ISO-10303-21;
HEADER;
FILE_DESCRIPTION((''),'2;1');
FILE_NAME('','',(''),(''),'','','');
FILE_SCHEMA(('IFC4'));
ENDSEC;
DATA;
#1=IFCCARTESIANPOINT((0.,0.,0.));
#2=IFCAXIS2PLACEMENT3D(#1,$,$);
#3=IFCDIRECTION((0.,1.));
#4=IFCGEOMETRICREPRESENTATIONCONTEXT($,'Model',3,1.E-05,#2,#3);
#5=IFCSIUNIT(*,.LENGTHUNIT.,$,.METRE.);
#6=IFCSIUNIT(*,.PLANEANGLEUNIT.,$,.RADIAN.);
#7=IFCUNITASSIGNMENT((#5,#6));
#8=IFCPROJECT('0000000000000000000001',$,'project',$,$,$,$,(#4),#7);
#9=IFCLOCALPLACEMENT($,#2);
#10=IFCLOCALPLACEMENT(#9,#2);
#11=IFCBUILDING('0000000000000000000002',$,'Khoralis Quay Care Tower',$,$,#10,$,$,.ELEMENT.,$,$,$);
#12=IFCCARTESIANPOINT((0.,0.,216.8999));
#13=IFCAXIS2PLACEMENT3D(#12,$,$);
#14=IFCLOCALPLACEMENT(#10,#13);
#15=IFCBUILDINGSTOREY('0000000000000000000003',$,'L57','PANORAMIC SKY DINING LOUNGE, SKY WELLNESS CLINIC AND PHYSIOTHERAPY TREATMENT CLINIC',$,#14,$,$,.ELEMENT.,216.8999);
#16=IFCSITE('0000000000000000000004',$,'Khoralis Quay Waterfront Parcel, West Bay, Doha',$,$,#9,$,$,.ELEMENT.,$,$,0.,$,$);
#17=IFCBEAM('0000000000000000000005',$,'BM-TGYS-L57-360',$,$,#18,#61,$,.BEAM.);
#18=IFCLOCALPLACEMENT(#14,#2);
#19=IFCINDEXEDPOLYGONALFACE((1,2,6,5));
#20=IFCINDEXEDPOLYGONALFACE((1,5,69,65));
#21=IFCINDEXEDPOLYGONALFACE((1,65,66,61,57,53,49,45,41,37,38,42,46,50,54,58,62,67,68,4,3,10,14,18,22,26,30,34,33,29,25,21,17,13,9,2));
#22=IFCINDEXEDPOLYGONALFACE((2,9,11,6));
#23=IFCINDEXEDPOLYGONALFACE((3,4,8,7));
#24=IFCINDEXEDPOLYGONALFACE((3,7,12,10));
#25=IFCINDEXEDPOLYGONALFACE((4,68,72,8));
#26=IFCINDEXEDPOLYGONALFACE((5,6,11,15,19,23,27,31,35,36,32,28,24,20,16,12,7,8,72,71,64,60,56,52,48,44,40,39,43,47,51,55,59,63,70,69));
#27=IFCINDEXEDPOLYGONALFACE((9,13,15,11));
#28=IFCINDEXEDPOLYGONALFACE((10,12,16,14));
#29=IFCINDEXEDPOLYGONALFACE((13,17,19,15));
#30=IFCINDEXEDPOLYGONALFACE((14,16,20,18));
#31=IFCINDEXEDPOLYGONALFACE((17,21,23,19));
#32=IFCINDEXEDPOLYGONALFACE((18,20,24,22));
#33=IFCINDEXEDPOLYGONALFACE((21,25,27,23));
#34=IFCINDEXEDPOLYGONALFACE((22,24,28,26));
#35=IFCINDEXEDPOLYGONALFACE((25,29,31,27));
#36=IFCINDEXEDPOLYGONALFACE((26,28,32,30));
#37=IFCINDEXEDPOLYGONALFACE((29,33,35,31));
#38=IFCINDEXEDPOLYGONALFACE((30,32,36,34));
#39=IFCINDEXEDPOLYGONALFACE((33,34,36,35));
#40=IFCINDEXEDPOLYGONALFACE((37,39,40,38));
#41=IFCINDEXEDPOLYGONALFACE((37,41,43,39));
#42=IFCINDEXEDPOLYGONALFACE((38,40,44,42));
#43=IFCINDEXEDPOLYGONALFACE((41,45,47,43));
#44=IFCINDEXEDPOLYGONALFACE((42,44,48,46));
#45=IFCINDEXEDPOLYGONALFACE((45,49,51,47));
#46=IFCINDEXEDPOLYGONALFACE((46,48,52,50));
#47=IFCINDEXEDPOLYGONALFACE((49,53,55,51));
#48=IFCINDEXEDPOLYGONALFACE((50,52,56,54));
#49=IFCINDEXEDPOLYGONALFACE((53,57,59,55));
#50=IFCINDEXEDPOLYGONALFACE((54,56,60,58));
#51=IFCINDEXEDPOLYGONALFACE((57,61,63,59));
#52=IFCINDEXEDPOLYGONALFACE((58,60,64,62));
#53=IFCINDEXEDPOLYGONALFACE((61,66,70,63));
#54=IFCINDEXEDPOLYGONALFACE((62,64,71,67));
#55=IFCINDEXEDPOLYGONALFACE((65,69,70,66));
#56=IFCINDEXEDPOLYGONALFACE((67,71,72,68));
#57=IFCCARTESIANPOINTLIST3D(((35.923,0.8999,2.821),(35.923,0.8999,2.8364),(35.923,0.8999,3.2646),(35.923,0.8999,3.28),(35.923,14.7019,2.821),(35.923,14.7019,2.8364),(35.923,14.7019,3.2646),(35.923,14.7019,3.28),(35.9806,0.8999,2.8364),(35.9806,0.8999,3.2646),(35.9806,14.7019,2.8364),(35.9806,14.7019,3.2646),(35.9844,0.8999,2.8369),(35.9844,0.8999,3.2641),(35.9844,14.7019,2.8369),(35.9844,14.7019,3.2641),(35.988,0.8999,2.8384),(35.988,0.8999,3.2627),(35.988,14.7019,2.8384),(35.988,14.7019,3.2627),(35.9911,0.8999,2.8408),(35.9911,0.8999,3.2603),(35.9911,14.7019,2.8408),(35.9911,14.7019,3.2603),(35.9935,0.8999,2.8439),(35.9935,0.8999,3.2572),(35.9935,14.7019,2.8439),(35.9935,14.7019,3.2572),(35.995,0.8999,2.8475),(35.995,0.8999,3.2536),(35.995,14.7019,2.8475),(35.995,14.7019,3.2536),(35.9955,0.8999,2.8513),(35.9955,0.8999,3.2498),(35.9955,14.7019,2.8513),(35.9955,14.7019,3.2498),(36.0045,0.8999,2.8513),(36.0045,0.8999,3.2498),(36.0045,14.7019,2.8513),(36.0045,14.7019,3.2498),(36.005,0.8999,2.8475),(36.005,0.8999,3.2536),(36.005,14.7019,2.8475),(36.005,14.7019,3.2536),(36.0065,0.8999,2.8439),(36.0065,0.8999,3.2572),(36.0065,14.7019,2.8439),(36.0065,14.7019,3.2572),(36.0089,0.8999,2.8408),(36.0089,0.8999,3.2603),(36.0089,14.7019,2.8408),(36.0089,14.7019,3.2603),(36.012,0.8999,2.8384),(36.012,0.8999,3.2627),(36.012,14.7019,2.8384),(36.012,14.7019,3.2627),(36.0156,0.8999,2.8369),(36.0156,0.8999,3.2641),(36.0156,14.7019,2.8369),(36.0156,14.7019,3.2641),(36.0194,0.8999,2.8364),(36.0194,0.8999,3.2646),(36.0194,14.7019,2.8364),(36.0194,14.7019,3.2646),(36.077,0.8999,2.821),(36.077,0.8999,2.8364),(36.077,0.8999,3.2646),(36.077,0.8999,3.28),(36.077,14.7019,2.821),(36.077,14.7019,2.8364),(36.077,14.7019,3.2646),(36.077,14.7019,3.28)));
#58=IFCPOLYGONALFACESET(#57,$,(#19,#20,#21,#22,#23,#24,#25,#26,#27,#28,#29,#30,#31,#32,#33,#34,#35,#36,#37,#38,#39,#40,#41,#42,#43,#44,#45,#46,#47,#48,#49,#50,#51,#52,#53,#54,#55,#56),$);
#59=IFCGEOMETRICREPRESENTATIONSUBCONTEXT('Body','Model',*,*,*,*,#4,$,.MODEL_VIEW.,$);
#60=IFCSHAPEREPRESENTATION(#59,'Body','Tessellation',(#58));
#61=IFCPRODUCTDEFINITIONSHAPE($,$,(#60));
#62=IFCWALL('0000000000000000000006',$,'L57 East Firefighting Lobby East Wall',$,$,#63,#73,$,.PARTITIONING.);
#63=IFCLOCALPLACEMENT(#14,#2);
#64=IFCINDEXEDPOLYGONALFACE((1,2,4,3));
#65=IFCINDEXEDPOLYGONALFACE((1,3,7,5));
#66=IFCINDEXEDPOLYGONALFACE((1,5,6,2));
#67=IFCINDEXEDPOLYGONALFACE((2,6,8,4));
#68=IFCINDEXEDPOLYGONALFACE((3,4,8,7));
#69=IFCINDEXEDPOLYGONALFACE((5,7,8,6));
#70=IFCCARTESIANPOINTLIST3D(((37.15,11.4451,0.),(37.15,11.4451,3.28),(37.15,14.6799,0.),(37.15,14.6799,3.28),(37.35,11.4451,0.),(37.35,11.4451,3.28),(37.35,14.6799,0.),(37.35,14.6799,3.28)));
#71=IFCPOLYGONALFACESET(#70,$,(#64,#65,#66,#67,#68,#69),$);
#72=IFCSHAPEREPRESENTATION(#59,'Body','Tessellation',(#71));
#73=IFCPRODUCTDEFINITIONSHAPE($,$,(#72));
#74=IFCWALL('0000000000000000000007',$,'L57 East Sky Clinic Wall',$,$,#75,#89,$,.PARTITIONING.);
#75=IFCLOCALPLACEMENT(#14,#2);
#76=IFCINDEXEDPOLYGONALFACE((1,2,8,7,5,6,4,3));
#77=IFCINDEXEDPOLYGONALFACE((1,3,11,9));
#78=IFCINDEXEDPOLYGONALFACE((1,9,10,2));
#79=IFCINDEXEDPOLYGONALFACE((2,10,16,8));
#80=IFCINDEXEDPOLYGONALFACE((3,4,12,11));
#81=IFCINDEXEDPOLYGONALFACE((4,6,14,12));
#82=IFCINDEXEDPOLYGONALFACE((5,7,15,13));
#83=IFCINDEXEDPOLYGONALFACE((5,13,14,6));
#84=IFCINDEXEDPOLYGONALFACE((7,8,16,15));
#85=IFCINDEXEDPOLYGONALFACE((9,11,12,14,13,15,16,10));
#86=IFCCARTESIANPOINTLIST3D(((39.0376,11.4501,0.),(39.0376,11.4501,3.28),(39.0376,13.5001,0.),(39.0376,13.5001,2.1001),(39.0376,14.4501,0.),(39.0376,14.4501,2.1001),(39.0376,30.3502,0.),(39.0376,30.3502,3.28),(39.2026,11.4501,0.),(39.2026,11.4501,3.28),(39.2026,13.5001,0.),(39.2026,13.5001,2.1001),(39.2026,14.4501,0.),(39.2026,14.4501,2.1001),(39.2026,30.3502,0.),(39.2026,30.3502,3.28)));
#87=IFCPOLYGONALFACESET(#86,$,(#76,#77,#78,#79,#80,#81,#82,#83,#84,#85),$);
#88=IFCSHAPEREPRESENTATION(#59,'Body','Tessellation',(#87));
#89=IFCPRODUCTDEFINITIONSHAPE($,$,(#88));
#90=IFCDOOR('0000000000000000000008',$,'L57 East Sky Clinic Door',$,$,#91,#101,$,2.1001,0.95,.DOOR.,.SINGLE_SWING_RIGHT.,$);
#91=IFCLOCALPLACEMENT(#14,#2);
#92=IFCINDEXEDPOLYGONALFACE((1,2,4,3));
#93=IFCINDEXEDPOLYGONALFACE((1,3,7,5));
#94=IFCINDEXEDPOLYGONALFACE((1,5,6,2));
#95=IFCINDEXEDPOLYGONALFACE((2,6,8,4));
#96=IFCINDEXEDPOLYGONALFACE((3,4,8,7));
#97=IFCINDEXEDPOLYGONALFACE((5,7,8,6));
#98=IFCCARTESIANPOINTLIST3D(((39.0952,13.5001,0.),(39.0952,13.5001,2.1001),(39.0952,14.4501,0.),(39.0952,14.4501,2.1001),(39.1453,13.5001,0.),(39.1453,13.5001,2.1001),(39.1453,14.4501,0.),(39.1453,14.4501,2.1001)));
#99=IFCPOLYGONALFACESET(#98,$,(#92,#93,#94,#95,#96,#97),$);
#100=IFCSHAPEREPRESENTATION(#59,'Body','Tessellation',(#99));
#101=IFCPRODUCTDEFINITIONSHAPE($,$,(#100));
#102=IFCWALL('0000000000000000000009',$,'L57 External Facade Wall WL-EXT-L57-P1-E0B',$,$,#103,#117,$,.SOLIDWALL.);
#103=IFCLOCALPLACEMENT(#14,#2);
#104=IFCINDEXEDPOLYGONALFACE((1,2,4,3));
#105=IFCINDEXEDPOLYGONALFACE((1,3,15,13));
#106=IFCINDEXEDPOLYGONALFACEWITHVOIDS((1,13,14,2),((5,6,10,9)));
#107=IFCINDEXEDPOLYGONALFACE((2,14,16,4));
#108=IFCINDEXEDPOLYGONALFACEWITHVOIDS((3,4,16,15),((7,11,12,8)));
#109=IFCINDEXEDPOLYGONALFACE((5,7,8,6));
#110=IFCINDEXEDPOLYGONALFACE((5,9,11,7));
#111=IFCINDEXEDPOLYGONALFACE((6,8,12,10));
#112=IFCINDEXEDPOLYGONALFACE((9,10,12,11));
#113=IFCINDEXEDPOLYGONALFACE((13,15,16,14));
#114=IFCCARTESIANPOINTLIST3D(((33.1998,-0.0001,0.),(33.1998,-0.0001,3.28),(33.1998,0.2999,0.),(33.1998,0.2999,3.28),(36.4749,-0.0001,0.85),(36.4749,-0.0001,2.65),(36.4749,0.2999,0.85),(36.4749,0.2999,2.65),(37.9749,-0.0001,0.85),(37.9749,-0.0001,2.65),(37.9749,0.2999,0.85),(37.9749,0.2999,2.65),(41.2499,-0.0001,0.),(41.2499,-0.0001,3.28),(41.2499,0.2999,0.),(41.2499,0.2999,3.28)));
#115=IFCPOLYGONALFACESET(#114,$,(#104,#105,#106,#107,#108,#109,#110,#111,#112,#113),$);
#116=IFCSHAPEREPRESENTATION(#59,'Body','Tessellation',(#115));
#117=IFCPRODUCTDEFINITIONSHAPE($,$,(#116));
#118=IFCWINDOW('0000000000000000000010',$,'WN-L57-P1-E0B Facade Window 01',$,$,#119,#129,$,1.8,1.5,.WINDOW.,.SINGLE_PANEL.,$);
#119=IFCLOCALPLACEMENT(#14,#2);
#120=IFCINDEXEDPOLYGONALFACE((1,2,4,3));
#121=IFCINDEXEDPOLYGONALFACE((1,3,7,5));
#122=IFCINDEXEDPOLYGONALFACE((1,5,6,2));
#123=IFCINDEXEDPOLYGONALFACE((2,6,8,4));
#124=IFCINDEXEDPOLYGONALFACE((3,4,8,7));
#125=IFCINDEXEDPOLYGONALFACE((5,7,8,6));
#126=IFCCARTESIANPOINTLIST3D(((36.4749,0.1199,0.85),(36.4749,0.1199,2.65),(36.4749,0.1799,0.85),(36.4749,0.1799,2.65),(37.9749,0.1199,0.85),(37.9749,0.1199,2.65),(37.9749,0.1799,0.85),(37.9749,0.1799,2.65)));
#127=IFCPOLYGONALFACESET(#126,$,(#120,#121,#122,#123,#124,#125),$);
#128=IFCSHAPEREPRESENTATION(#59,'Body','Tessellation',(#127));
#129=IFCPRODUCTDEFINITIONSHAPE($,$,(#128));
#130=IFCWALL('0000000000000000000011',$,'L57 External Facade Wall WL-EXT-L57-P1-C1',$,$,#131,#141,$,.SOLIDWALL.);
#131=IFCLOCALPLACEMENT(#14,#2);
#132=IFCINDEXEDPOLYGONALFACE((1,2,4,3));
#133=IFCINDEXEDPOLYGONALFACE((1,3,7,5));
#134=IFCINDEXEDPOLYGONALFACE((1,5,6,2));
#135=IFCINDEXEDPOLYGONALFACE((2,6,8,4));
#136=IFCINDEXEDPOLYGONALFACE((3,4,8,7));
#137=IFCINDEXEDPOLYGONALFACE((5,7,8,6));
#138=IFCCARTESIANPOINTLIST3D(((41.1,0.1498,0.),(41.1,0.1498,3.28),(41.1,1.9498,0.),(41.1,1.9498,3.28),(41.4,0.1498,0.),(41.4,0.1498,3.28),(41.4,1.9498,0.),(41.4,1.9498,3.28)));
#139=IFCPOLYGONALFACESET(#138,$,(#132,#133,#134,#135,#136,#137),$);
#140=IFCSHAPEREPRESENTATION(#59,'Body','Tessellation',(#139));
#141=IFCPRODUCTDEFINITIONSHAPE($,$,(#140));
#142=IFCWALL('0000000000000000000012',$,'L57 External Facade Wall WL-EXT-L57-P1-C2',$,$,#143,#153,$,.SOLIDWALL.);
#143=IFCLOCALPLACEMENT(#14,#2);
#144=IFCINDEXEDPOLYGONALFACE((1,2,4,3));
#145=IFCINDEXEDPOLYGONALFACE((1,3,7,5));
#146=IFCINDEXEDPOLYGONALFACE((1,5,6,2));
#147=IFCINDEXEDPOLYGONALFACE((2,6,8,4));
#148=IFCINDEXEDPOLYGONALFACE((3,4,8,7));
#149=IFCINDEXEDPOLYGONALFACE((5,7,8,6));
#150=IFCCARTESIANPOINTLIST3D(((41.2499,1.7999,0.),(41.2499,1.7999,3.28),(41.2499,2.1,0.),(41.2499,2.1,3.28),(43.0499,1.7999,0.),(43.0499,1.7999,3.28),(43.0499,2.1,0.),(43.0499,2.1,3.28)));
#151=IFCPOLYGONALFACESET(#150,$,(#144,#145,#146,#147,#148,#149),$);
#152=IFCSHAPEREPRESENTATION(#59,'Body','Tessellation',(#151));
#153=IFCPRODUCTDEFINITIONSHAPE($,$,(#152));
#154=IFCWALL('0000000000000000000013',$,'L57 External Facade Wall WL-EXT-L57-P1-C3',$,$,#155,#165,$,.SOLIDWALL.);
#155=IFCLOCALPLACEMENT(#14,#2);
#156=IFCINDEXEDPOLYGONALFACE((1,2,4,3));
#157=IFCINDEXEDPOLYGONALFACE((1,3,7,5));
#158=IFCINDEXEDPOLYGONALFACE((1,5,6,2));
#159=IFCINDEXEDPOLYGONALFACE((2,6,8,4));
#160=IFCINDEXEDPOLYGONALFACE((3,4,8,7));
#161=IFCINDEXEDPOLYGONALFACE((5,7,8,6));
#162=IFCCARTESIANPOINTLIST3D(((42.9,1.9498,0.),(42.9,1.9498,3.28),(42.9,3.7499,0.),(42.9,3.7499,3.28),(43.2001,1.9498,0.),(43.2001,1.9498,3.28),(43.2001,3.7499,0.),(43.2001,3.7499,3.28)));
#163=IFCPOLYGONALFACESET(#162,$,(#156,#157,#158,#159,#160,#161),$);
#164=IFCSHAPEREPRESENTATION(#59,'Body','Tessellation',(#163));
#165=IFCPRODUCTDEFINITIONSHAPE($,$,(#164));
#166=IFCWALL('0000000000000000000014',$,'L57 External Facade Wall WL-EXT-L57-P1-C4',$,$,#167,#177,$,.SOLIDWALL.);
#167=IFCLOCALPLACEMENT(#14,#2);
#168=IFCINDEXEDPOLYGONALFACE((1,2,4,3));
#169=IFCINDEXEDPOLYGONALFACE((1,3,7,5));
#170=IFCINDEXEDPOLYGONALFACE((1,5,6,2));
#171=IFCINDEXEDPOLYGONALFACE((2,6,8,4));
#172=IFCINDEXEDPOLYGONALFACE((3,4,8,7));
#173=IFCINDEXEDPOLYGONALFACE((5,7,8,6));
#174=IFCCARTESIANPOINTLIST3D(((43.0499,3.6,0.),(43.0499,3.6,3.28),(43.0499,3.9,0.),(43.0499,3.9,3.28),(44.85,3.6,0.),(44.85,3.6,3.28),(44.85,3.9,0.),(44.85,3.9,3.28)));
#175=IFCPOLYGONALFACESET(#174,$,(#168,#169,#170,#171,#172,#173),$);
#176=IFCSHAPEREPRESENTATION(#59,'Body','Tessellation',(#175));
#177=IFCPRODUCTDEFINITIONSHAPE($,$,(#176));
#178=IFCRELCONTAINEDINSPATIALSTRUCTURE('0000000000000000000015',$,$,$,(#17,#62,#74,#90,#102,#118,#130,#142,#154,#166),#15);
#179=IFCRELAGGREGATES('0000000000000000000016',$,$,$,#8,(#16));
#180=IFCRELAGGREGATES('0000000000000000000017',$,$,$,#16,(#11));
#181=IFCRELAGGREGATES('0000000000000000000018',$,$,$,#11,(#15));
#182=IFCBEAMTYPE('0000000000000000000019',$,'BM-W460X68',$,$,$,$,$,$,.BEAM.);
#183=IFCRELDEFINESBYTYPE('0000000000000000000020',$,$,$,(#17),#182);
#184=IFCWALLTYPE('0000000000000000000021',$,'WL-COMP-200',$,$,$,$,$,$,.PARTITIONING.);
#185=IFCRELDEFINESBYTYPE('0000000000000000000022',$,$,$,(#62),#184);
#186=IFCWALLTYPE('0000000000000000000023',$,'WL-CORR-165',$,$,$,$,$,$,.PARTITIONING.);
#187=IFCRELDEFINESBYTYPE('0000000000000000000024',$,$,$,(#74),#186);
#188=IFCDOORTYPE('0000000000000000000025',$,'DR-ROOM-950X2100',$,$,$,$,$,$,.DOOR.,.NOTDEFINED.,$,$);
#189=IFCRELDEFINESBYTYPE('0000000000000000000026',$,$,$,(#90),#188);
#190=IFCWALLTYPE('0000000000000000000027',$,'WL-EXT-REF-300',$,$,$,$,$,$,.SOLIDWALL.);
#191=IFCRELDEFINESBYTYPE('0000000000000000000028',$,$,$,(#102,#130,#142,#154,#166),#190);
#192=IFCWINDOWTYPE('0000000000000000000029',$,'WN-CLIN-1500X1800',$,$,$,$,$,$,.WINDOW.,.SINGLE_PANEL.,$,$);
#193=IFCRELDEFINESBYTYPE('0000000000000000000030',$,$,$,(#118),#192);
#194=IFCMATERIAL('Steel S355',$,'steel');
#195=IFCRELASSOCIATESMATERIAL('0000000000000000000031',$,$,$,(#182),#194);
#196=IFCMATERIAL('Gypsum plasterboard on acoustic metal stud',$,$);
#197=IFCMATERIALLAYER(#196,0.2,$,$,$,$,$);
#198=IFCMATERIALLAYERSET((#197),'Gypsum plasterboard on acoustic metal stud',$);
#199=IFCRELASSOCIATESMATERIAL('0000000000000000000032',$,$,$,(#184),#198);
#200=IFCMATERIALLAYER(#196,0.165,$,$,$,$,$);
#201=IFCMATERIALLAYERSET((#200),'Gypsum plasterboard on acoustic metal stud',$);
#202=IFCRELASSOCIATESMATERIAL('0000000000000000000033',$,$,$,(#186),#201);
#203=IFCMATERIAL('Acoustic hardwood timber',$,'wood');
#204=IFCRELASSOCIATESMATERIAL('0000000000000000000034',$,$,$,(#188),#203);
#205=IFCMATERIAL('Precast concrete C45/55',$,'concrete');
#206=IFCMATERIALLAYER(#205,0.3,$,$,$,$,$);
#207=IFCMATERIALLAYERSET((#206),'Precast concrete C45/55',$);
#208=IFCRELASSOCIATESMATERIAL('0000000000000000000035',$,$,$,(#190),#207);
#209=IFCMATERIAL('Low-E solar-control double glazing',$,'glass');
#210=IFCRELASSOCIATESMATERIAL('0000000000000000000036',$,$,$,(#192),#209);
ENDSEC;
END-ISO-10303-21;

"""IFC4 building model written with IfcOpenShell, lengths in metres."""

from ifc_helpers import new_model, si_unit, direction, frame, frame_2d, origin, origin_2d, place, context, subcontext, project, spatial, rectangle, i_section, extrude, source, transform, mapped, material, layer, layer_set, material_profile, profile_set, type_object, element, fill, save


model = new_model("IFC4")

# Units and contexts
model_context = context("Model", 3, precision=1e-05, world=origin(), true_north=direction((0.0, 1.0)))
body_context = subcontext(model_context, "Body", "Model", "MODEL_VIEW")
ifc_project = project(units=[si_unit("LENGTHUNIT", "METRE"), si_unit("PLANEANGLEUNIT", "RADIAN")], contexts=[model_context])

# Site, building, storey
site_placement = place(None, origin())
site = spatial("IfcSite", under=ifc_project, at=site_placement, Name="Khoralis Quay Waterfront Parcel, West Bay, Doha", CompositionType="ELEMENT", RefElevation=0.0)
building_placement = place(site_placement, origin())
building = spatial("IfcBuilding", under=site, at=building_placement, Name="Khoralis Quay Care Tower", CompositionType="ELEMENT")
storey_placement = place(building_placement, frame((0.0, 0.0, 216.8999)))
storey = spatial("IfcBuildingStorey", under=building, at=storey_placement, Name="L57", Description="PANORAMIC SKY DINING LOUNGE, SKY WELLNESS CLINIC AND PHYSIOTHERAPY TREATMENT CLINIC", CompositionType="ELEMENT", Elevation=216.8999)

# Beam
ifc_material_1 = material(Name="Steel S355", Category="steel")
ifc_material_profile_1 = material_profile(ifc_material_1, i_section(OverallWidth=0.1541, OverallDepth=0.459, WebThickness=0.009, FlangeThickness=0.0154, FilletRadius=0.0149, at=origin_2d()), Name="Steel S355")
ifc_profile_set_1 = profile_set([ifc_material_profile_1], Name="Steel S355")
beam_type_1 = type_object("IfcBeamType", Name="BM-W460X68", PredefinedType="BEAM", material=ifc_profile_set_1)
shared_shape_1 = source(origin(), body_context, "Body", "SweptSolid", [
    extrude(i_section(OverallWidth=0.1541, OverallDepth=0.459, WebThickness=0.009, FlangeThickness=0.0154, FilletRadius=0.0149, at=origin_2d()), origin(), (0.0, 0.0, 1.0), 13.802),
])
beam_1_placement = place(storey_placement, frame((36.0, 0.8999, 3.0505), z_axis=(0.0, 1.0, 0.0), x_axis=(-1.0, 0.0, 0.0)))
element("IfcBeam", 1, at=beam_1_placement, inside=storey, type_object=beam_type_1, Name="BM-TGYS-L57-360", PredefinedType="BEAM", context=body_context, shape_type="MappedRepresentation", body=[
    mapped(shared_shape_1, transform((0.0, 0.0, 0.0), scale=1.0)),
])

# Wall
ifc_material_2 = material(Name="Gypsum plasterboard on acoustic metal stud")
ifc_layer_1 = layer(ifc_material_2, 0.2)
ifc_layer_set_1 = layer_set([ifc_layer_1], Name="Gypsum plasterboard on acoustic metal stud")
wall_type_1 = type_object("IfcWallType", Name="WL-COMP-200", PredefinedType="PARTITIONING", material=ifc_layer_set_1)
wall_1_placement = place(storey_placement, frame((37.25, 11.4451, 0.0), z_axis=(0.0, 0.0, 1.0), x_axis=(0.0, 1.0, 0.0)))
element("IfcWall", 2, at=wall_1_placement, inside=storey, type_object=wall_type_1, Name="L57 East Firefighting Lobby East Wall", PredefinedType="PARTITIONING", context=body_context, shape_type="SweptSolid", body=[
    extrude(rectangle(XDim=3.2349, YDim=0.2, at=frame_2d((1.6174, 0.0))), origin(), (0.0, 0.0, 1.0), 3.28),
])

# Wall, opening, door
ifc_layer_2 = layer(ifc_material_2, 0.165)
ifc_layer_set_2 = layer_set([ifc_layer_2], Name="Gypsum plasterboard on acoustic metal stud")
wall_type_2 = type_object("IfcWallType", Name="WL-CORR-165", PredefinedType="PARTITIONING", material=ifc_layer_set_2)
wall_2_placement = place(storey_placement, frame((39.1201, 11.45, 0.0), z_axis=(0.0, 0.0, 1.0), x_axis=(0.0, 1.0, 0.0)))
wall_2 = element("IfcWall", 3, at=wall_2_placement, inside=storey, type_object=wall_type_2, Name="L57 East Sky Clinic Wall", PredefinedType="PARTITIONING", context=body_context, shape_type="SweptSolid", body=[
    extrude(rectangle(XDim=18.9001, YDim=0.165, at=frame_2d((9.4502, 0.0))), origin(), (0.0, 0.0, 1.0), 3.28),
])
opening_1_placement = place(wall_2_placement, frame((2.05, 0.0, 0.0)))
opening_1 = element("IfcOpeningElement", 4, at=opening_1_placement, cuts=wall_2, PredefinedType="OPENING", context=body_context, shape_type="SweptSolid", body=[
    extrude(rectangle(XDim=0.95, YDim=2.1001, at=frame_2d((0.4751, 1.05))), frame((0.0, 0.0925, 0.0), z_axis=(0.0, -1.0, 0.0), x_axis=(1.0, 0.0, 0.0)), (0.0, 0.0, 1.0), 0.1851),
])
ifc_material_3 = material(Name="Acoustic hardwood timber", Category="wood")
door_type = type_object("IfcDoorType", Name="DR-ROOM-950X2100", OperationType="NOTDEFINED", PredefinedType="DOOR", material=ifc_material_3)
shared_shape_2 = source(origin(), body_context, "Body", "SweptSolid", [
    extrude(rectangle(XDim=0.95, YDim=2.1001, at=frame_2d((0.4751, 1.05))), frame((0.0, 0.0249, 0.0), z_axis=(0.0, -1.0, 0.0), x_axis=(1.0, 0.0, 0.0)), (0.0, 0.0, 1.0), 0.05),
])
door_placement = place(opening_1_placement, origin())
door = element("IfcDoor", 5, at=door_placement, inside=storey, type_object=door_type, Name="L57 East Sky Clinic Door", OperationType="SINGLE_SWING_RIGHT", OverallHeight=2.1001, OverallWidth=0.95, PredefinedType="DOOR", context=body_context, shape_type="MappedRepresentation", body=[
    mapped(shared_shape_2, transform((0.0, 0.0, 0.0), scale=1.0)),
])
fill(opening_1, door)

# Wall, opening, window
ifc_material_4 = material(Name="Precast concrete C45/55", Category="concrete")
ifc_layer_3 = layer(ifc_material_4, 0.3)
ifc_layer_set_3 = layer_set([ifc_layer_3], Name="Precast concrete C45/55")
wall_type_3 = type_object("IfcWallType", Name="WL-EXT-REF-300", PredefinedType="SOLIDWALL", material=ifc_layer_set_3)
wall_3_placement = place(storey_placement, frame((33.2, 0.1499, 0.0), z_axis=(0.0, 0.0, 1.0), x_axis=(1.0, 0.0, 0.0)))
wall_3 = element("IfcWall", 6, at=wall_3_placement, inside=storey, type_object=wall_type_3, Name="L57 External Facade Wall WL-EXT-L57-P1-E0B", PredefinedType="SOLIDWALL", context=body_context, shape_type="SweptSolid", body=[
    extrude(rectangle(XDim=8.05, YDim=0.3, at=frame_2d((4.0249, 0.0))), origin(), (0.0, 0.0, 1.0), 3.28),
])
opening_2_placement = place(wall_3_placement, frame((3.2749, 0.0, 0.8501)))
opening_2 = element("IfcOpeningElement", 7, at=opening_2_placement, cuts=wall_3, PredefinedType="OPENING", context=body_context, shape_type="SweptSolid", body=[
    extrude(rectangle(XDim=1.5, YDim=1.8, at=frame_2d((0.75, 0.8999))), frame((0.0, 0.1602, 0.0), z_axis=(0.0, -1.0, 0.0), x_axis=(1.0, 0.0, 0.0)), (0.0, 0.0, 1.0), 0.3201),
])
ifc_material_5 = material(Name="Low-E solar-control double glazing", Category="glass")
window_type = type_object("IfcWindowType", Name="WN-CLIN-1500X1800", PartitioningType="SINGLE_PANEL", PredefinedType="WINDOW", material=ifc_material_5)
shared_shape_3 = source(origin(), body_context, "Body", "SweptSolid", [
    extrude(rectangle(XDim=1.5, YDim=1.8, at=frame_2d((0.75, 0.8999))), frame((0.0, 0.03, 0.0), z_axis=(0.0, -1.0, 0.0), x_axis=(1.0, 0.0, 0.0)), (0.0, 0.0, 1.0), 0.0601),
])
window_1_placement = place(opening_2_placement, origin())
window_1 = element("IfcWindow", 8, at=window_1_placement, inside=storey, type_object=window_type, Name="WN-L57-P1-E0B Facade Window 01", OverallHeight=1.8, OverallWidth=1.5, PartitioningType="SINGLE_PANEL", PredefinedType="WINDOW", context=body_context, shape_type="MappedRepresentation", body=[
    mapped(shared_shape_3, transform((0.0, 0.0, 0.0), scale=1.0)),
])
fill(opening_2, window_1)

# Walls
for number, where, z_axis, x_axis, name in (
    (9, (41.25, 0.1499, 0.0), (0.0, 0.0, 1.0), (0.0, 1.0, 0.0), "L57 External Facade Wall WL-EXT-L57-P1-C1"),
    (10, (41.25, 1.95, 0.0), (0.0, 0.0, 1.0), (1.0, 0.0, 0.0), "L57 External Facade Wall WL-EXT-L57-P1-C2"),
    (11, (43.05, 1.95, 0.0), (0.0, 0.0, 1.0), (0.0, 1.0, 0.0), "L57 External Facade Wall WL-EXT-L57-P1-C3"),
    (12, (43.05, 3.75, 0.0), (0.0, 0.0, 1.0), (1.0, 0.0, 0.0), "L57 External Facade Wall WL-EXT-L57-P1-C4"),
):
    element("IfcWall", number, at=place(storey_placement, frame(where, z_axis=z_axis, x_axis=x_axis)), inside=storey, type_object=wall_type_3, Name=name, PredefinedType="SOLIDWALL", context=body_context, shape_type="SweptSolid", body=[
        extrude(rectangle(XDim=1.8, YDim=0.3, at=frame_2d((0.8999, 0.0))), origin(), (0.0, 0.0, 1.0), 3.28),
    ])

save(model, "model.ifc")
